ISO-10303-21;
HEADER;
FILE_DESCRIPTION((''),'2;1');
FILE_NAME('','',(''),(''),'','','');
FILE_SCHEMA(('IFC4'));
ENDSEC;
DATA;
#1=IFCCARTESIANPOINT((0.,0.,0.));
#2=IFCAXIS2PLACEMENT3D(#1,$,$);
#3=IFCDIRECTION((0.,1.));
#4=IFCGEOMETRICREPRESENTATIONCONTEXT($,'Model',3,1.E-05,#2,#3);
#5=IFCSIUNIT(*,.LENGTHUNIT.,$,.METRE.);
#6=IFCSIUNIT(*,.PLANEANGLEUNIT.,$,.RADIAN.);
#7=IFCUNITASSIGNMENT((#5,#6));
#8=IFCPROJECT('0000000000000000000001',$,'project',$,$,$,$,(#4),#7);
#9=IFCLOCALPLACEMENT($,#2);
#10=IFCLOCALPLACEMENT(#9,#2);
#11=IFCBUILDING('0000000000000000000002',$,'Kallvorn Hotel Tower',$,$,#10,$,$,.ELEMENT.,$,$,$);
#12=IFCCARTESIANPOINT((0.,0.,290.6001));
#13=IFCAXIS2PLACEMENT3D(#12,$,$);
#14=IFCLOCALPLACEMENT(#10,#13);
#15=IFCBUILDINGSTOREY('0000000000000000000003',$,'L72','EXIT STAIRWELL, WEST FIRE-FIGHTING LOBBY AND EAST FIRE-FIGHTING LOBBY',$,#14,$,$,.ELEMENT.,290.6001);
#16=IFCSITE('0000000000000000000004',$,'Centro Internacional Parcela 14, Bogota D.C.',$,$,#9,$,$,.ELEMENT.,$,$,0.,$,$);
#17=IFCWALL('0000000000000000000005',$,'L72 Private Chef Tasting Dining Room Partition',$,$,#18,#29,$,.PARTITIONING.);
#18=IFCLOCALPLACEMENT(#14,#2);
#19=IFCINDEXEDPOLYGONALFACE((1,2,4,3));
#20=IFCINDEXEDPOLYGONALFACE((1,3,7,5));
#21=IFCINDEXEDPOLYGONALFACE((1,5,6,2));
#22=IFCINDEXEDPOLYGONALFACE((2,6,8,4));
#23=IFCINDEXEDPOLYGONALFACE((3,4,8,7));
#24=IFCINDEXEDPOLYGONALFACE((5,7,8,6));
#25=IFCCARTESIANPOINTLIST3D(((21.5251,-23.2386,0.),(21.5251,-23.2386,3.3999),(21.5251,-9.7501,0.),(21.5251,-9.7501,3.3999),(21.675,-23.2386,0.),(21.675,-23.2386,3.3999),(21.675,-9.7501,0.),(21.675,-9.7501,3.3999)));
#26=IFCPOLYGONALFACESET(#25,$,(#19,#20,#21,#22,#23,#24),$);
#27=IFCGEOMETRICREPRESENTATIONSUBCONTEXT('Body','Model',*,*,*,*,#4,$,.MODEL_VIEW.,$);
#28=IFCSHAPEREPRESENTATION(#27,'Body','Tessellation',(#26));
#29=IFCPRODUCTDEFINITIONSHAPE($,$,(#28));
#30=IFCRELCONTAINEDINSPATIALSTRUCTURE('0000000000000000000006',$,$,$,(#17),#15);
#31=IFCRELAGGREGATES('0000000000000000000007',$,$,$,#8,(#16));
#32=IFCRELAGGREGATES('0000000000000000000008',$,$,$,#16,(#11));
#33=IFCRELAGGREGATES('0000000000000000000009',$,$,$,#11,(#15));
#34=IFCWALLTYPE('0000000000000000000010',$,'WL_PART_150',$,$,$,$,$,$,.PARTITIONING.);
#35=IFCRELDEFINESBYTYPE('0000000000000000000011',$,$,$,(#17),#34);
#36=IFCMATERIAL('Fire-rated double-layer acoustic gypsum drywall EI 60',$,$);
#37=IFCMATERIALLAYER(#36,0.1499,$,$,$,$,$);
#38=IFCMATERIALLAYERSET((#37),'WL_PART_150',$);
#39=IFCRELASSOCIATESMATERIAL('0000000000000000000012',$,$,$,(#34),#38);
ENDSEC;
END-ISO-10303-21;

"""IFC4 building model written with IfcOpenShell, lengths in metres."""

from ifc_helpers import new_model, si_unit, direction, frame, frame_2d, origin, place, context, subcontext, project, spatial, rectangle, extrude, material, layer, layer_set, type_object, element, save


model = new_model("IFC4")

# Units and contexts
model_context = context("Model", 3, precision=1e-05, world=origin(), true_north=direction((0.0, 1.0)))
body_context = subcontext(model_context, "Body", "Model", "MODEL_VIEW")
ifc_project = project(units=[si_unit("LENGTHUNIT", "METRE"), si_unit("PLANEANGLEUNIT", "RADIAN")], contexts=[model_context])

# Site, building, storey
site_placement = place(None, origin())
site = spatial("IfcSite", under=ifc_project, at=site_placement, Name="Centro Internacional Parcela 14, Bogota D.C.", CompositionType="ELEMENT", RefElevation=0.0)
building_placement = place(site_placement, origin())
building = spatial("IfcBuilding", under=site, at=building_placement, Name="Kallvorn Hotel Tower", CompositionType="ELEMENT")
storey_placement = place(building_placement, frame((0.0, 0.0, 290.6001)))
storey = spatial("IfcBuildingStorey", under=building, at=storey_placement, Name="L72", Description="EXIT STAIRWELL, WEST FIRE-FIGHTING LOBBY AND EAST FIRE-FIGHTING LOBBY", CompositionType="ELEMENT", Elevation=290.6001)

# Wall
ifc_material_1 = material(Name="Fire-rated double-layer acoustic gypsum drywall EI 60")
ifc_layer_1 = layer(ifc_material_1, 0.1499)
ifc_layer_set_1 = layer_set([ifc_layer_1], Name="WL_PART_150")
wall_type_1 = type_object("IfcWallType", Name="WL_PART_150", PredefinedType="PARTITIONING", material=ifc_layer_set_1)
wall_1_placement = place(storey_placement, frame((21.6001, -23.2385, 0.0), z_axis=(0.0, 0.0, 1.0), x_axis=(0.0, 1.0, 0.0)))
element("IfcWall", 1, at=wall_1_placement, inside=storey, type_object=wall_type_1, Name="L72 Private Chef Tasting Dining Room Partition", PredefinedType="PARTITIONING", context=body_context, shape_type="SweptSolid", body=[
    extrude(rectangle(XDim=13.4885, YDim=0.1499, at=frame_2d((6.7441, 0.0))), origin(), (0.0, 0.0, 1.0), 3.3999),
])

save(model, "model.ifc")
